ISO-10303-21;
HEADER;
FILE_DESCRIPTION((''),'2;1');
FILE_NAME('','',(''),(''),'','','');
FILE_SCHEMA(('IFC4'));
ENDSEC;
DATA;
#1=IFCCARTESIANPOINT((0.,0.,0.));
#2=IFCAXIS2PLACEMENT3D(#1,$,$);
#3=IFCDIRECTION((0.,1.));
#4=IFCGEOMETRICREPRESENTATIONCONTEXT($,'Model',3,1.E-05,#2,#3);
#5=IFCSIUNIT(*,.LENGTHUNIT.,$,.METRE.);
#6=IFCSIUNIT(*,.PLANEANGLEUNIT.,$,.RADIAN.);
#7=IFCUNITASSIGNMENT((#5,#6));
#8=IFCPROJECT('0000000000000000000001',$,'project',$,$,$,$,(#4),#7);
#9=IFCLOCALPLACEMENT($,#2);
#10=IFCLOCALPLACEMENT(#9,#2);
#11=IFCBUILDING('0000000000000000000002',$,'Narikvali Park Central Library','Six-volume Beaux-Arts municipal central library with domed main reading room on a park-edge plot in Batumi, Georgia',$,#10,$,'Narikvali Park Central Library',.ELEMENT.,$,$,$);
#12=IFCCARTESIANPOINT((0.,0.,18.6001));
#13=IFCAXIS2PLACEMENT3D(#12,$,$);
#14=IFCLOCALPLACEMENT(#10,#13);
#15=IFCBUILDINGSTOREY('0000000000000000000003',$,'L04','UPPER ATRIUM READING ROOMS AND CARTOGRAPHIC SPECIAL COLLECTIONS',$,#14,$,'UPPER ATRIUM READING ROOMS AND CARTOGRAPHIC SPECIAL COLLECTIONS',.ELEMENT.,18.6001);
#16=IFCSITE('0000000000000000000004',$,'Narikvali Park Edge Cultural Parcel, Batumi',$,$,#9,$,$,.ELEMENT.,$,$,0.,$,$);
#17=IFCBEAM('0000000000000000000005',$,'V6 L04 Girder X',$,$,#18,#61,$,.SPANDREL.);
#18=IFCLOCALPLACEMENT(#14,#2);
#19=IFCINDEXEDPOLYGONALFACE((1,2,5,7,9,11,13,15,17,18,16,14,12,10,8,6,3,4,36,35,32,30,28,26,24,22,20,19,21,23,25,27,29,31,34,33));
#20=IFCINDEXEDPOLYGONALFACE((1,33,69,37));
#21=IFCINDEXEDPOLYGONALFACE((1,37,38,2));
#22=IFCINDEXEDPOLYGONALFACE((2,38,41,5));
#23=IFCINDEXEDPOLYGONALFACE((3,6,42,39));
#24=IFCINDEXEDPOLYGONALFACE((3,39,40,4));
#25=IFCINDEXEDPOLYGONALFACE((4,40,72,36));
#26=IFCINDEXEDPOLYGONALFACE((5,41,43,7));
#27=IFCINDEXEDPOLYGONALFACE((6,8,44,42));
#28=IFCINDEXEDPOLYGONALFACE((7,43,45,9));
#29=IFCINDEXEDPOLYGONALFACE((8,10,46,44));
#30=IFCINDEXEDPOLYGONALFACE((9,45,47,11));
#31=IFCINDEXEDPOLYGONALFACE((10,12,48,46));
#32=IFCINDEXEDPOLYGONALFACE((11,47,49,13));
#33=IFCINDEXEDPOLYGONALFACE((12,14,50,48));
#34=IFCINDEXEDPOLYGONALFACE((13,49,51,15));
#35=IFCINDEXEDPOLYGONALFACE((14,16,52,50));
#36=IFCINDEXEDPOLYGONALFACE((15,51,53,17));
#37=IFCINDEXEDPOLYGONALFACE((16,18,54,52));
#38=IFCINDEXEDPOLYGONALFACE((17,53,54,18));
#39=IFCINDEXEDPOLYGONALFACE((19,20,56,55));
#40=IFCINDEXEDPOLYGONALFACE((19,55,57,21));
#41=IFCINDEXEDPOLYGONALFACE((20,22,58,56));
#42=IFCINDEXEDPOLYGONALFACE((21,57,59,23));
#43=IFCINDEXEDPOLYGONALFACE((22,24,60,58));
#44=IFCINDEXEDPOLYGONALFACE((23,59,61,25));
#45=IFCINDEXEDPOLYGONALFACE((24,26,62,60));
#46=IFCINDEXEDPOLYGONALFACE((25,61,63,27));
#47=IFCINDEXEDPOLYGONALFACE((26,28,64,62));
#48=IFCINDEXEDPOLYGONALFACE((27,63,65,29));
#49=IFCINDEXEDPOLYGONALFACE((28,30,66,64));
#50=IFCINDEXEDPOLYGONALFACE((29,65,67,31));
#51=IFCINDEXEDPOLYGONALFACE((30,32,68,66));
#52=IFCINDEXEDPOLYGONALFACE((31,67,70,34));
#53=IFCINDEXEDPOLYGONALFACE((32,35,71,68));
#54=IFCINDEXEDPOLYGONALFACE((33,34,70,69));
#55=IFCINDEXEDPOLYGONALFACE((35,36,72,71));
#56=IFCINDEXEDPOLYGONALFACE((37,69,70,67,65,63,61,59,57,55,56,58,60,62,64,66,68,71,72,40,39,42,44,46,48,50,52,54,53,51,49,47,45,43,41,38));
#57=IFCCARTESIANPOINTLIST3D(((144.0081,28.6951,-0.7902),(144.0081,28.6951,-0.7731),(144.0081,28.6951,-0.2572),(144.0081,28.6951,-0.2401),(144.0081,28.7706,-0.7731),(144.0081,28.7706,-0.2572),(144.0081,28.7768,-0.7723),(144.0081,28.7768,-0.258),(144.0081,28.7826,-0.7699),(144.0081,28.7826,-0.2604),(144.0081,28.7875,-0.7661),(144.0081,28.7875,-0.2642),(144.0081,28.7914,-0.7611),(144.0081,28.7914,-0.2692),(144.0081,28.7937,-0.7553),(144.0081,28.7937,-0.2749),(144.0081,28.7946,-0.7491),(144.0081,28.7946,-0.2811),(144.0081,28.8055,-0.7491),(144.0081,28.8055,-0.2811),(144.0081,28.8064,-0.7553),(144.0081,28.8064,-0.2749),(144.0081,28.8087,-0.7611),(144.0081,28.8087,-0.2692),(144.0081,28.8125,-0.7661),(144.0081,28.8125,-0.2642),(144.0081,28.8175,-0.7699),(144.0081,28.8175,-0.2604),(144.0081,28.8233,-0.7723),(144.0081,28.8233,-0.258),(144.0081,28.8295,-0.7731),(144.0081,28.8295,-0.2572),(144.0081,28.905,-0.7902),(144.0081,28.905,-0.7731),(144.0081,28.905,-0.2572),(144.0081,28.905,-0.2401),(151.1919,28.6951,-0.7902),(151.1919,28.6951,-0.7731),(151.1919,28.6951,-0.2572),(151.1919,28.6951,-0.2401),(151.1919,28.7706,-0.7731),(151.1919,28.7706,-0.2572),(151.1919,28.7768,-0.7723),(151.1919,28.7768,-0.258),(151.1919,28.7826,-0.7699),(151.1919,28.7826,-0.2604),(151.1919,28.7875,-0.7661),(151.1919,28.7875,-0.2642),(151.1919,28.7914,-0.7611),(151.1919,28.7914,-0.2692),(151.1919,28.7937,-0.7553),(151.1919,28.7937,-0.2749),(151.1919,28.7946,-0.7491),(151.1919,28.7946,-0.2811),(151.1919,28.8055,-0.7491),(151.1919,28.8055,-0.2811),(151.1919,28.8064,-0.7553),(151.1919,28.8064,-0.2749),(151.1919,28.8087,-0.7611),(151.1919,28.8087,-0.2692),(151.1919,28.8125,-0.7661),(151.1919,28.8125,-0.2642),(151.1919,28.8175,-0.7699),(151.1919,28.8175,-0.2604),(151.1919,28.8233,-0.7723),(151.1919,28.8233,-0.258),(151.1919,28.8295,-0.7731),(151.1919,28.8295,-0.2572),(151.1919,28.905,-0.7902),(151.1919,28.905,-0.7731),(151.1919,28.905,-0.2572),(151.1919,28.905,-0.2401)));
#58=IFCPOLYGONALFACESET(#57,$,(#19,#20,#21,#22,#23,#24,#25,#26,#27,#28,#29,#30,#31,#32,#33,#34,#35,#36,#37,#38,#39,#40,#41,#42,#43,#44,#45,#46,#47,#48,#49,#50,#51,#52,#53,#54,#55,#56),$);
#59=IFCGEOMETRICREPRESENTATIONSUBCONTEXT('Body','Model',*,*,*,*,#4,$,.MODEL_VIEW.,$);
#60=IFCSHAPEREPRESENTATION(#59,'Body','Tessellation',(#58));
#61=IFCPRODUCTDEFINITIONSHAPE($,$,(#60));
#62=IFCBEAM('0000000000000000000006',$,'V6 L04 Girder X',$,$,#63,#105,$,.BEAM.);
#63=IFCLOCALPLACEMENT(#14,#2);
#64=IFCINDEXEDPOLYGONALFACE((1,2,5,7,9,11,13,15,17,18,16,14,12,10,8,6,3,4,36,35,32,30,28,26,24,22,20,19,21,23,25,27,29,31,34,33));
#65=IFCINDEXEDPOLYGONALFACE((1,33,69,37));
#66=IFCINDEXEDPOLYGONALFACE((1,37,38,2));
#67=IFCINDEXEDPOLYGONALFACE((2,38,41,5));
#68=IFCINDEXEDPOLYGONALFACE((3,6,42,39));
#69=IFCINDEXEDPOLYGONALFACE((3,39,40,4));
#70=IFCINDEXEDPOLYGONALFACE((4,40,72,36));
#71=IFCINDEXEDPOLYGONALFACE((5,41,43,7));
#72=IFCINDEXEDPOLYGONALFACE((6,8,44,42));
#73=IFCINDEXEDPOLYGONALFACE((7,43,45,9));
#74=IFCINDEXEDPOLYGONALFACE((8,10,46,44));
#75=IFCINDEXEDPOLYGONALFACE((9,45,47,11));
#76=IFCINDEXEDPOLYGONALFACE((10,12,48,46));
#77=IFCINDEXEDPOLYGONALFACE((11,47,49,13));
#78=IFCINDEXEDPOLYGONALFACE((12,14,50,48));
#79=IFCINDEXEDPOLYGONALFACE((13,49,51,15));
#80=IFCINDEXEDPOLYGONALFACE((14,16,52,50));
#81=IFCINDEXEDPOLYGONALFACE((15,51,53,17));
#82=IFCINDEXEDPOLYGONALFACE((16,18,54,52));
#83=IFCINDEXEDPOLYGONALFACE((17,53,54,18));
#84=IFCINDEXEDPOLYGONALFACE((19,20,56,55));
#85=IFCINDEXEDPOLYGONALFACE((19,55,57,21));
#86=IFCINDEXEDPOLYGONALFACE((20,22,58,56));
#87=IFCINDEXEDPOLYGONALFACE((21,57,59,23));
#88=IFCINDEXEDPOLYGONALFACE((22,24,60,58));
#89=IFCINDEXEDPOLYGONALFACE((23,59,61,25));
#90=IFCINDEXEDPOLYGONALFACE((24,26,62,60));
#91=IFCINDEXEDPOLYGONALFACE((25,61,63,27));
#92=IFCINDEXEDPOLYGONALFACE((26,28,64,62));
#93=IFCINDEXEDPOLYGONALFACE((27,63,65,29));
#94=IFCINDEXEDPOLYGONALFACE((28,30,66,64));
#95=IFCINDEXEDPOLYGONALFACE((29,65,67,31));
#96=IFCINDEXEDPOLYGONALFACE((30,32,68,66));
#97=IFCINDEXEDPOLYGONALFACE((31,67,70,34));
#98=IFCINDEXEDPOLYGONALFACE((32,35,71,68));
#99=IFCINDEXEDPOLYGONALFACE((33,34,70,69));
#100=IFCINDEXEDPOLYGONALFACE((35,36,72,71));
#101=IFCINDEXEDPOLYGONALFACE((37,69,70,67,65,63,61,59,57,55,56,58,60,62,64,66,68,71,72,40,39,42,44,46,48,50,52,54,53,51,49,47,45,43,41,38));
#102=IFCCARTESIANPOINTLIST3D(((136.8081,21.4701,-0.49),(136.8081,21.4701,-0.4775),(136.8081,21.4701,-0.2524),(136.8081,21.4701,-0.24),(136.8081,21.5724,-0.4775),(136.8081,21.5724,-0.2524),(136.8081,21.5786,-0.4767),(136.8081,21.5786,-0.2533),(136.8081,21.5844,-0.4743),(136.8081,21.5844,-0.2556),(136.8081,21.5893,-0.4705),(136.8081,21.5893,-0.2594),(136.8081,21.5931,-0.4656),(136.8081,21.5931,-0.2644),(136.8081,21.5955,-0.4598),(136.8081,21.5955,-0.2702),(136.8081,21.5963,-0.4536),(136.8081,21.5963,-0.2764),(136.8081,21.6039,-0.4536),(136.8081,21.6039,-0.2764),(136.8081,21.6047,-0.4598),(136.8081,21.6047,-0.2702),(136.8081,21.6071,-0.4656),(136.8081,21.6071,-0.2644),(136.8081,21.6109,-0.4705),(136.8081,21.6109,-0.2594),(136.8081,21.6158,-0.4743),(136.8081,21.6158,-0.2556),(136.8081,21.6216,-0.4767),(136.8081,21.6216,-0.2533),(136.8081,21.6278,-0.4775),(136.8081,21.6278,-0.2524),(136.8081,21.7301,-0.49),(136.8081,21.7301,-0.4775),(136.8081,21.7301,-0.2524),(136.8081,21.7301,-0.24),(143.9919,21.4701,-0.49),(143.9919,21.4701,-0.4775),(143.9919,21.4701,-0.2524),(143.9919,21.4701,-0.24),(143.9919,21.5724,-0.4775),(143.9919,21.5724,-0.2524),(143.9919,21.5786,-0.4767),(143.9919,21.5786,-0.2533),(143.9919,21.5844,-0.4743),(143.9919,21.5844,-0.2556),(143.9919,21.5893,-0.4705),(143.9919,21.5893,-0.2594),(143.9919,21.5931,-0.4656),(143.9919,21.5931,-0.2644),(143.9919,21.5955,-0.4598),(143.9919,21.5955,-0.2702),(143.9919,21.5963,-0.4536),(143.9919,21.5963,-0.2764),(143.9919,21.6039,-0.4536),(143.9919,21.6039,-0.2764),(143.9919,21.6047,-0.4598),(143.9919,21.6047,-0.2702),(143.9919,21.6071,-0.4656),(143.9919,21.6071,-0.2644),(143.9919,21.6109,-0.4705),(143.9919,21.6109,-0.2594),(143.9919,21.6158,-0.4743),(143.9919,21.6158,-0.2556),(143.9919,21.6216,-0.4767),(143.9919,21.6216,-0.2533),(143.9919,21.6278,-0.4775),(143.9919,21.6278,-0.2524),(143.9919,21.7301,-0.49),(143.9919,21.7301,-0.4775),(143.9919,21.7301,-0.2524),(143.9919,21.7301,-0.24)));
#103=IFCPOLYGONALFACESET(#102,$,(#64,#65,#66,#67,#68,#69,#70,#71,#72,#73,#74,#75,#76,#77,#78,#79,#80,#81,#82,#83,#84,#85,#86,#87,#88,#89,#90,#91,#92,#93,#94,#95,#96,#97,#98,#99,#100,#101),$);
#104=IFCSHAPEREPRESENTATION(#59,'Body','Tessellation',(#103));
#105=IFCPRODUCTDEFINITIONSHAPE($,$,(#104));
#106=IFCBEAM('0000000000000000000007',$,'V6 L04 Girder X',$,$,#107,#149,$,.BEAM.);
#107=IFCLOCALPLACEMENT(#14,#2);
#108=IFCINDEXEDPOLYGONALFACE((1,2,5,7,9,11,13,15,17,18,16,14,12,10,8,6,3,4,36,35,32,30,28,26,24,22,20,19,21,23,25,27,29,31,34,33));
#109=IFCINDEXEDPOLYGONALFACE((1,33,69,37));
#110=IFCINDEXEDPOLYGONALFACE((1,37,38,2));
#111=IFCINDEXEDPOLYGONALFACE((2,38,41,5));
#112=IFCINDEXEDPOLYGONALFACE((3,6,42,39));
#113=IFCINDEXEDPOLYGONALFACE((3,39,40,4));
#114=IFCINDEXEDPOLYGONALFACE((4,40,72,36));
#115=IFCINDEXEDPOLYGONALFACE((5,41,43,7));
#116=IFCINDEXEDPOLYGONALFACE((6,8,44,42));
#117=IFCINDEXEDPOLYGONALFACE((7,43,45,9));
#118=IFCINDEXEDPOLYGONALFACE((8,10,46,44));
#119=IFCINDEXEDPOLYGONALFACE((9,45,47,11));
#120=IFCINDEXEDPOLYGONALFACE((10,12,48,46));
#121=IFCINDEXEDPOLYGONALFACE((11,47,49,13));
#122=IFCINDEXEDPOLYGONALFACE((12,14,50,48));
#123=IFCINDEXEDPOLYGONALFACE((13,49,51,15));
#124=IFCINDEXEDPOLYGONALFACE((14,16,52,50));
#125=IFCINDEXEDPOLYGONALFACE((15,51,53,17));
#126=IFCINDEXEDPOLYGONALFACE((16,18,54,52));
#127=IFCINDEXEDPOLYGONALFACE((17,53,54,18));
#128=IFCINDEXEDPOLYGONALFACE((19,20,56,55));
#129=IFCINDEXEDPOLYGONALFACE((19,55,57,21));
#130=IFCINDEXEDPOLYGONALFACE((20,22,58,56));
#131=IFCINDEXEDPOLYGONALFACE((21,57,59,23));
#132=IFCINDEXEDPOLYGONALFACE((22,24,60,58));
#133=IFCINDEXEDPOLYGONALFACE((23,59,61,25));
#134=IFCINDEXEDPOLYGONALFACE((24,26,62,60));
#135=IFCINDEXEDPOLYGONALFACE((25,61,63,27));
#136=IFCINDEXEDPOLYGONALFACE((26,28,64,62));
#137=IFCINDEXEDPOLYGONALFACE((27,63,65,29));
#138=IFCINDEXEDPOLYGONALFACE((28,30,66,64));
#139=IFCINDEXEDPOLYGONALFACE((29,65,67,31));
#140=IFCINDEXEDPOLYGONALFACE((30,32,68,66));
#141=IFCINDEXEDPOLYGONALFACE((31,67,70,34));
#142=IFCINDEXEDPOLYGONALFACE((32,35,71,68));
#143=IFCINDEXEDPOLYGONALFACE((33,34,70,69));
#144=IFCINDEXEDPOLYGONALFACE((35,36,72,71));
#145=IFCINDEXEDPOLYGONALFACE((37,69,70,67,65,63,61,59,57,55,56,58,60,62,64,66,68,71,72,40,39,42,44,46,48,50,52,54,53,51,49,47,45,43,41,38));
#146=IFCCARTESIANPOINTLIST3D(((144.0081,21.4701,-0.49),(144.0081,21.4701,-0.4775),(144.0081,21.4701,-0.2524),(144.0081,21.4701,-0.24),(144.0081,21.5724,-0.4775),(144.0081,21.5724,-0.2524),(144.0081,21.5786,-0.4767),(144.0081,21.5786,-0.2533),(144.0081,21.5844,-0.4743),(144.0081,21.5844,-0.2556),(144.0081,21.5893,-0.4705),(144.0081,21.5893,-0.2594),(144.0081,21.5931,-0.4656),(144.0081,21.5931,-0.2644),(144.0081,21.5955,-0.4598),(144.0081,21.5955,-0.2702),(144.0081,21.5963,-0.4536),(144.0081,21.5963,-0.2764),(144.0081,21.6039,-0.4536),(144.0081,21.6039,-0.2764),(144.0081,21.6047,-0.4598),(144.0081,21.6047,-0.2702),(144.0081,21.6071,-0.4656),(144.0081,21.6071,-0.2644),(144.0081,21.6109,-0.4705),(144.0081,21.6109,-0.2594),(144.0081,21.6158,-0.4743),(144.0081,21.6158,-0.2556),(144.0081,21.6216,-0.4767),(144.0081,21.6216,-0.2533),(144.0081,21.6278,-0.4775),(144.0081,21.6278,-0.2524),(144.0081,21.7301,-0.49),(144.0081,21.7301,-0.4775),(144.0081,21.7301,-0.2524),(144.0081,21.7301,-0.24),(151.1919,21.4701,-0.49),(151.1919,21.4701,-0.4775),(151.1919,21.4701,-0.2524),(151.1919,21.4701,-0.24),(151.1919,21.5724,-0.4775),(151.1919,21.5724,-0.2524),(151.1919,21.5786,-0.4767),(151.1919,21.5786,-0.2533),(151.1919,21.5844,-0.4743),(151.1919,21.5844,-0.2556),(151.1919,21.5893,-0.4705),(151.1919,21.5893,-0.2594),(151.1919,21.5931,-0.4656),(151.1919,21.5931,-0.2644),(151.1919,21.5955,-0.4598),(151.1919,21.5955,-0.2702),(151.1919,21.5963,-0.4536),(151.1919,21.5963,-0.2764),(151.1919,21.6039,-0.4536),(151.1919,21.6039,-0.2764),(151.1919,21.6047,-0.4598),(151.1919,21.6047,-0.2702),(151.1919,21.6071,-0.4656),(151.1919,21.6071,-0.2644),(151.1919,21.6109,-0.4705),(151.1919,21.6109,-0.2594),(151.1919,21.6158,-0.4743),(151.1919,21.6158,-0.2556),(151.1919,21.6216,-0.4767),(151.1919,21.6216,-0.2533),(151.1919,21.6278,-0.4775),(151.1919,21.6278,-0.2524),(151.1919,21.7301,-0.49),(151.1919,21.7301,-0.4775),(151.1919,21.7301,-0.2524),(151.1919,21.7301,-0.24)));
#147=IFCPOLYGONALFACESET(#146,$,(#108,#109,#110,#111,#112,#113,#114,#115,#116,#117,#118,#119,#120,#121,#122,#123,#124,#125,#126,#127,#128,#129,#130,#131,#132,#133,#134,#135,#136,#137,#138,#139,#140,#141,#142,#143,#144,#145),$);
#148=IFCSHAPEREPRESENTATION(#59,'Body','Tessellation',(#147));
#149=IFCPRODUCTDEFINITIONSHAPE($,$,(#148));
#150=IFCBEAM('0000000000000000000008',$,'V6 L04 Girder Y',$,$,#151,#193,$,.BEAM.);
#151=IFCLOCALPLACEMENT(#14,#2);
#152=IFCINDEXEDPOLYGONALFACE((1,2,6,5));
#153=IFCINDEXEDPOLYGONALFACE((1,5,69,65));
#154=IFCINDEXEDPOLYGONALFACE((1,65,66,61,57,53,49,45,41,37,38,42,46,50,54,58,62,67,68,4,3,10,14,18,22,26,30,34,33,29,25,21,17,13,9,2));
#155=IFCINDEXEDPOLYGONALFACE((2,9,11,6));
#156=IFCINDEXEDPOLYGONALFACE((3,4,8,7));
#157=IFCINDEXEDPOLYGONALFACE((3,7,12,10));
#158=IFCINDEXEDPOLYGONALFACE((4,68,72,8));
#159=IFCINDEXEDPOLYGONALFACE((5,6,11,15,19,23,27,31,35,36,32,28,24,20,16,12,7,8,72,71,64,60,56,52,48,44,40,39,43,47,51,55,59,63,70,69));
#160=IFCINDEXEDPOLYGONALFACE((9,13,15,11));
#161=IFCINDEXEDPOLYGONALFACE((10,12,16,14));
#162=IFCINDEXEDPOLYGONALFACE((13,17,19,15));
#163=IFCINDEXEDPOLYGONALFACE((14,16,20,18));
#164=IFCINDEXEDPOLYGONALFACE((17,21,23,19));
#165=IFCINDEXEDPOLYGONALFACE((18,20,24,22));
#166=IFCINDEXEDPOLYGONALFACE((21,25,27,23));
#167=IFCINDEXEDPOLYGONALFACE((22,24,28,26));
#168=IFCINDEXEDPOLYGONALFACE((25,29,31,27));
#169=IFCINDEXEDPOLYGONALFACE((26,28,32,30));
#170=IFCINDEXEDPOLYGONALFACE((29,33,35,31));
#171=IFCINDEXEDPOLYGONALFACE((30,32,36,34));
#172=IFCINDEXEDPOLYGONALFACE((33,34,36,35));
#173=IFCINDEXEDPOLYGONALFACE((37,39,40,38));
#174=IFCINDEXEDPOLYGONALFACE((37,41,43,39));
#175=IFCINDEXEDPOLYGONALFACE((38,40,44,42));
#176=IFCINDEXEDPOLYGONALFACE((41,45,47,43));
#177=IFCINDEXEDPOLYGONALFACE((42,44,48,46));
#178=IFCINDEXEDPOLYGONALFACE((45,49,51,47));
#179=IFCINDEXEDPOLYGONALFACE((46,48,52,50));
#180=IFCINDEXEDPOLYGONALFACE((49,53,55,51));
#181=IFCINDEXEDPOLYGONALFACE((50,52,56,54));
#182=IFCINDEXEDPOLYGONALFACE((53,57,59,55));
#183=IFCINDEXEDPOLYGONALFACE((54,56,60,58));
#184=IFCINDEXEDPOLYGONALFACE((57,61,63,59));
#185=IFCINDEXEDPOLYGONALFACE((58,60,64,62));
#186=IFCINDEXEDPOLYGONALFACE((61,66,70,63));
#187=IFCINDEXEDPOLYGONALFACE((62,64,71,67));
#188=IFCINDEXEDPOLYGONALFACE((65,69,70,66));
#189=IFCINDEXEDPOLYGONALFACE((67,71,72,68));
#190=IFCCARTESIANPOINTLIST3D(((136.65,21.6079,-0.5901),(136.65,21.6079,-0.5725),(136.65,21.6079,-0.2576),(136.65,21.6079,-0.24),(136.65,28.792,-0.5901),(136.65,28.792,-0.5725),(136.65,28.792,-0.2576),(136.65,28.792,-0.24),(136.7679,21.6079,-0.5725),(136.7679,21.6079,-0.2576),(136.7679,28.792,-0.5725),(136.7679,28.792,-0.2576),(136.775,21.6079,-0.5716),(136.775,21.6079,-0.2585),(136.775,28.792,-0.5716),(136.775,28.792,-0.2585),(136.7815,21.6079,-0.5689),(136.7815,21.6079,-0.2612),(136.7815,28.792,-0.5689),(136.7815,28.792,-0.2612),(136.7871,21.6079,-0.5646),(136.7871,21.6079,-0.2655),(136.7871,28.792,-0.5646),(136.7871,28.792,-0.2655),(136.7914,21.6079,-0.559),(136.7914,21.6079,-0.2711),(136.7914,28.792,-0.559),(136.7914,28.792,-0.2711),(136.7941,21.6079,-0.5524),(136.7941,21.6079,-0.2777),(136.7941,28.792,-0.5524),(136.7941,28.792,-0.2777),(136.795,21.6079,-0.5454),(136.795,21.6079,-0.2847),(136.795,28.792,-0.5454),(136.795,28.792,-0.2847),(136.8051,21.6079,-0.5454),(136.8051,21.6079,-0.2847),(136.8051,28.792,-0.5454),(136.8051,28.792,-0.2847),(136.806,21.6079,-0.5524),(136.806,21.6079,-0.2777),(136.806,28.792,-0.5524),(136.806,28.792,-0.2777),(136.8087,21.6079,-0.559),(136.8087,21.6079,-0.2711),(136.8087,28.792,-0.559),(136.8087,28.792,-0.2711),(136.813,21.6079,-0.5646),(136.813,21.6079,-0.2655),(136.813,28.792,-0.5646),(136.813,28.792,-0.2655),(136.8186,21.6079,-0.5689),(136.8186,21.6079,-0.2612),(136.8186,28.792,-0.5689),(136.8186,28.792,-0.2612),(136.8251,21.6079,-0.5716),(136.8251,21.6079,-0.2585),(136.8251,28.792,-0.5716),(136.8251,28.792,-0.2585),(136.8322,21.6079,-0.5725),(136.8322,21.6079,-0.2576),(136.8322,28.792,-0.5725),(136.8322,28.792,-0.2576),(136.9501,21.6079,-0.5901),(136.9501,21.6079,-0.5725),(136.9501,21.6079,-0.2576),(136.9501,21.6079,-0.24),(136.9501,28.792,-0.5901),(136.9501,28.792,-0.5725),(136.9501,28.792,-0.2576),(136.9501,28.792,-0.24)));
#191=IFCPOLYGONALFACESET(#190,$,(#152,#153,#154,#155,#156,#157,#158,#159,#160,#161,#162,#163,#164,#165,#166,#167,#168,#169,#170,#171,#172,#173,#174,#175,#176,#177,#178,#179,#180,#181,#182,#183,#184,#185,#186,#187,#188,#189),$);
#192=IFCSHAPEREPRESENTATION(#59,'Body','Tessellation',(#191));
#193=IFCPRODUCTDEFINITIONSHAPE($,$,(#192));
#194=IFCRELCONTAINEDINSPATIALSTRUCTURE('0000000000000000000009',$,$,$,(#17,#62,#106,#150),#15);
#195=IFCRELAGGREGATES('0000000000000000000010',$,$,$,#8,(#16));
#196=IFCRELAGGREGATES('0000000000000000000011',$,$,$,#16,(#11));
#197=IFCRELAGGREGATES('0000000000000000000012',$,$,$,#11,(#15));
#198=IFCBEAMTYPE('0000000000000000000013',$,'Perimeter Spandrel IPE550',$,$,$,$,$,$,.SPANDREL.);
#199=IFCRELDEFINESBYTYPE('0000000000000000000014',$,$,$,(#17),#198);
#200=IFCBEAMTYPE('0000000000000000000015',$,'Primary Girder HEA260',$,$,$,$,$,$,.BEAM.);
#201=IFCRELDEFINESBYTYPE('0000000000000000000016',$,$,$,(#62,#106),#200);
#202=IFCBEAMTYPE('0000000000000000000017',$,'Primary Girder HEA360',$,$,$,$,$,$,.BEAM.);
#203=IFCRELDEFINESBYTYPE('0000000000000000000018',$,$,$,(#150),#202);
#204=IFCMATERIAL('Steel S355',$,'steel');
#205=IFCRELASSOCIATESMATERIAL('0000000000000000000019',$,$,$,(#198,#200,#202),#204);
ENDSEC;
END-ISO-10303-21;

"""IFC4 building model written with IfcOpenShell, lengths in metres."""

from ifc_helpers import new_model, si_unit, direction, frame, origin, origin_2d, place, context, subcontext, project, spatial, i_section, extrude, material, material_profile, profile_set, type_object, element, save


model = new_model("IFC4")

# Units and contexts
model_context = context("Model", 3, precision=1e-05, world=origin(), true_north=direction((0.0, 1.0)))
body_context = subcontext(model_context, "Body", "Model", "MODEL_VIEW")
ifc_project = project(units=[si_unit("LENGTHUNIT", "METRE"), si_unit("PLANEANGLEUNIT", "RADIAN")], contexts=[model_context])

# Site, building, storey
site_placement = place(None, origin())
site = spatial("IfcSite", under=ifc_project, at=site_placement, Name="Narikvali Park Edge Cultural Parcel, Batumi", CompositionType="ELEMENT", RefElevation=0.0)
building_placement = place(site_placement, origin())
building = spatial("IfcBuilding", under=site, at=building_placement, Name="Narikvali Park Central Library", Description="Six-volume Beaux-Arts municipal central library with domed main reading room on a park-edge plot in Batumi, Georgia", LongName="Narikvali Park Central Library", CompositionType="ELEMENT")
storey_placement = place(building_placement, frame((0.0, 0.0, 18.6001)))
storey = spatial("IfcBuildingStorey", under=building, at=storey_placement, Name="L04", Description="UPPER ATRIUM READING ROOMS AND CARTOGRAPHIC SPECIAL COLLECTIONS", LongName="UPPER ATRIUM READING ROOMS AND CARTOGRAPHIC SPECIAL COLLECTIONS", CompositionType="ELEMENT", Elevation=18.6001)

# Shared definitions
ifc_material = material(Name="Steel S355", Category="steel")

# Beams
ifc_material_profile_1 = material_profile(ifc_material, i_section(OverallWidth=0.21, OverallDepth=0.55, WebThickness=0.011, FlangeThickness=0.0171, FilletRadius=0.0239, at=origin_2d()), Name="IPE 550")
ifc_profile_set_1 = profile_set([ifc_material_profile_1], Name="Steel S355")
beam_type_1 = type_object("IfcBeamType", Name="Perimeter Spandrel IPE550", PredefinedType="SPANDREL", material=ifc_profile_set_1)
for number, where, z_axis, x_axis, name in (
    (1, (144.0081, 28.8, -0.5151), (1.0, 0.0, 0.0), (0.0, 1.0, 0.0), "V6 L04 Girder X"),
):
    element("IfcBeam", number, at=place(storey_placement, frame(where, z_axis=z_axis, x_axis=x_axis)), inside=storey, type_object=beam_type_1, Name=name, PredefinedType="SPANDREL", context=body_context, shape_type="SweptSolid", body=[
        extrude(i_section(OverallWidth=0.21, OverallDepth=0.55, WebThickness=0.011, FlangeThickness=0.0171, FilletRadius=0.0239, at=origin_2d()), origin(), (0.0, 0.0, 1.0), 7.1838),
    ])
ifc_material_profile_2 = material_profile(ifc_material, i_section(OverallWidth=0.26, OverallDepth=0.25, WebThickness=0.0076, FlangeThickness=0.0125, FilletRadius=0.0239, at=origin_2d()), Name="HEA 260")
ifc_profile_set_2 = profile_set([ifc_material_profile_2], Name="Steel S355")
beam_type_2 = type_object("IfcBeamType", Name="Primary Girder HEA260", PredefinedType="BEAM", material=ifc_profile_set_2)
for number, where, z_axis, x_axis, name in (
    (2, (136.8081, 21.6001, -0.365), (1.0, 0.0, 0.0), (0.0, 1.0, 0.0), "V6 L04 Girder X"),
    (3, (144.0081, 21.6001, -0.365), (1.0, 0.0, 0.0), (0.0, 1.0, 0.0), "V6 L04 Girder X"),
):
    element("IfcBeam", number, at=place(storey_placement, frame(where, z_axis=z_axis, x_axis=x_axis)), inside=storey, type_object=beam_type_2, Name=name, PredefinedType="BEAM", context=body_context, shape_type="SweptSolid", body=[
        extrude(i_section(OverallWidth=0.26, OverallDepth=0.25, WebThickness=0.0076, FlangeThickness=0.0125, FilletRadius=0.0239, at=origin_2d()), origin(), (0.0, 0.0, 1.0), 7.1838),
    ])
ifc_material_profile_3 = material_profile(ifc_material, i_section(OverallWidth=0.3, OverallDepth=0.3501, WebThickness=0.01, FlangeThickness=0.0176, FilletRadius=0.0271, at=origin_2d()), Name="HEA 360")
ifc_profile_set_3 = profile_set([ifc_material_profile_3], Name="Steel S355")
beam_type_3 = type_object("IfcBeamType", Name="Primary Girder HEA360", PredefinedType="BEAM", material=ifc_profile_set_3)
for number, where, z_axis, x_axis, name in (
    (4, (136.8, 21.6079, -0.415), (0.0, 1.0, 0.0), (-1.0, 0.0, 0.0), "V6 L04 Girder Y"),
):
    element("IfcBeam", number, at=place(storey_placement, frame(where, z_axis=z_axis, x_axis=x_axis)), inside=storey, type_object=beam_type_3, Name=name, PredefinedType="BEAM", context=body_context, shape_type="SweptSolid", body=[
        extrude(i_section(OverallWidth=0.3, OverallDepth=0.3501, WebThickness=0.01, FlangeThickness=0.0176, FilletRadius=0.0271, at=origin_2d()), origin(), (0.0, 0.0, 1.0), 7.1841),
    ])

save(model, "model.ifc")
